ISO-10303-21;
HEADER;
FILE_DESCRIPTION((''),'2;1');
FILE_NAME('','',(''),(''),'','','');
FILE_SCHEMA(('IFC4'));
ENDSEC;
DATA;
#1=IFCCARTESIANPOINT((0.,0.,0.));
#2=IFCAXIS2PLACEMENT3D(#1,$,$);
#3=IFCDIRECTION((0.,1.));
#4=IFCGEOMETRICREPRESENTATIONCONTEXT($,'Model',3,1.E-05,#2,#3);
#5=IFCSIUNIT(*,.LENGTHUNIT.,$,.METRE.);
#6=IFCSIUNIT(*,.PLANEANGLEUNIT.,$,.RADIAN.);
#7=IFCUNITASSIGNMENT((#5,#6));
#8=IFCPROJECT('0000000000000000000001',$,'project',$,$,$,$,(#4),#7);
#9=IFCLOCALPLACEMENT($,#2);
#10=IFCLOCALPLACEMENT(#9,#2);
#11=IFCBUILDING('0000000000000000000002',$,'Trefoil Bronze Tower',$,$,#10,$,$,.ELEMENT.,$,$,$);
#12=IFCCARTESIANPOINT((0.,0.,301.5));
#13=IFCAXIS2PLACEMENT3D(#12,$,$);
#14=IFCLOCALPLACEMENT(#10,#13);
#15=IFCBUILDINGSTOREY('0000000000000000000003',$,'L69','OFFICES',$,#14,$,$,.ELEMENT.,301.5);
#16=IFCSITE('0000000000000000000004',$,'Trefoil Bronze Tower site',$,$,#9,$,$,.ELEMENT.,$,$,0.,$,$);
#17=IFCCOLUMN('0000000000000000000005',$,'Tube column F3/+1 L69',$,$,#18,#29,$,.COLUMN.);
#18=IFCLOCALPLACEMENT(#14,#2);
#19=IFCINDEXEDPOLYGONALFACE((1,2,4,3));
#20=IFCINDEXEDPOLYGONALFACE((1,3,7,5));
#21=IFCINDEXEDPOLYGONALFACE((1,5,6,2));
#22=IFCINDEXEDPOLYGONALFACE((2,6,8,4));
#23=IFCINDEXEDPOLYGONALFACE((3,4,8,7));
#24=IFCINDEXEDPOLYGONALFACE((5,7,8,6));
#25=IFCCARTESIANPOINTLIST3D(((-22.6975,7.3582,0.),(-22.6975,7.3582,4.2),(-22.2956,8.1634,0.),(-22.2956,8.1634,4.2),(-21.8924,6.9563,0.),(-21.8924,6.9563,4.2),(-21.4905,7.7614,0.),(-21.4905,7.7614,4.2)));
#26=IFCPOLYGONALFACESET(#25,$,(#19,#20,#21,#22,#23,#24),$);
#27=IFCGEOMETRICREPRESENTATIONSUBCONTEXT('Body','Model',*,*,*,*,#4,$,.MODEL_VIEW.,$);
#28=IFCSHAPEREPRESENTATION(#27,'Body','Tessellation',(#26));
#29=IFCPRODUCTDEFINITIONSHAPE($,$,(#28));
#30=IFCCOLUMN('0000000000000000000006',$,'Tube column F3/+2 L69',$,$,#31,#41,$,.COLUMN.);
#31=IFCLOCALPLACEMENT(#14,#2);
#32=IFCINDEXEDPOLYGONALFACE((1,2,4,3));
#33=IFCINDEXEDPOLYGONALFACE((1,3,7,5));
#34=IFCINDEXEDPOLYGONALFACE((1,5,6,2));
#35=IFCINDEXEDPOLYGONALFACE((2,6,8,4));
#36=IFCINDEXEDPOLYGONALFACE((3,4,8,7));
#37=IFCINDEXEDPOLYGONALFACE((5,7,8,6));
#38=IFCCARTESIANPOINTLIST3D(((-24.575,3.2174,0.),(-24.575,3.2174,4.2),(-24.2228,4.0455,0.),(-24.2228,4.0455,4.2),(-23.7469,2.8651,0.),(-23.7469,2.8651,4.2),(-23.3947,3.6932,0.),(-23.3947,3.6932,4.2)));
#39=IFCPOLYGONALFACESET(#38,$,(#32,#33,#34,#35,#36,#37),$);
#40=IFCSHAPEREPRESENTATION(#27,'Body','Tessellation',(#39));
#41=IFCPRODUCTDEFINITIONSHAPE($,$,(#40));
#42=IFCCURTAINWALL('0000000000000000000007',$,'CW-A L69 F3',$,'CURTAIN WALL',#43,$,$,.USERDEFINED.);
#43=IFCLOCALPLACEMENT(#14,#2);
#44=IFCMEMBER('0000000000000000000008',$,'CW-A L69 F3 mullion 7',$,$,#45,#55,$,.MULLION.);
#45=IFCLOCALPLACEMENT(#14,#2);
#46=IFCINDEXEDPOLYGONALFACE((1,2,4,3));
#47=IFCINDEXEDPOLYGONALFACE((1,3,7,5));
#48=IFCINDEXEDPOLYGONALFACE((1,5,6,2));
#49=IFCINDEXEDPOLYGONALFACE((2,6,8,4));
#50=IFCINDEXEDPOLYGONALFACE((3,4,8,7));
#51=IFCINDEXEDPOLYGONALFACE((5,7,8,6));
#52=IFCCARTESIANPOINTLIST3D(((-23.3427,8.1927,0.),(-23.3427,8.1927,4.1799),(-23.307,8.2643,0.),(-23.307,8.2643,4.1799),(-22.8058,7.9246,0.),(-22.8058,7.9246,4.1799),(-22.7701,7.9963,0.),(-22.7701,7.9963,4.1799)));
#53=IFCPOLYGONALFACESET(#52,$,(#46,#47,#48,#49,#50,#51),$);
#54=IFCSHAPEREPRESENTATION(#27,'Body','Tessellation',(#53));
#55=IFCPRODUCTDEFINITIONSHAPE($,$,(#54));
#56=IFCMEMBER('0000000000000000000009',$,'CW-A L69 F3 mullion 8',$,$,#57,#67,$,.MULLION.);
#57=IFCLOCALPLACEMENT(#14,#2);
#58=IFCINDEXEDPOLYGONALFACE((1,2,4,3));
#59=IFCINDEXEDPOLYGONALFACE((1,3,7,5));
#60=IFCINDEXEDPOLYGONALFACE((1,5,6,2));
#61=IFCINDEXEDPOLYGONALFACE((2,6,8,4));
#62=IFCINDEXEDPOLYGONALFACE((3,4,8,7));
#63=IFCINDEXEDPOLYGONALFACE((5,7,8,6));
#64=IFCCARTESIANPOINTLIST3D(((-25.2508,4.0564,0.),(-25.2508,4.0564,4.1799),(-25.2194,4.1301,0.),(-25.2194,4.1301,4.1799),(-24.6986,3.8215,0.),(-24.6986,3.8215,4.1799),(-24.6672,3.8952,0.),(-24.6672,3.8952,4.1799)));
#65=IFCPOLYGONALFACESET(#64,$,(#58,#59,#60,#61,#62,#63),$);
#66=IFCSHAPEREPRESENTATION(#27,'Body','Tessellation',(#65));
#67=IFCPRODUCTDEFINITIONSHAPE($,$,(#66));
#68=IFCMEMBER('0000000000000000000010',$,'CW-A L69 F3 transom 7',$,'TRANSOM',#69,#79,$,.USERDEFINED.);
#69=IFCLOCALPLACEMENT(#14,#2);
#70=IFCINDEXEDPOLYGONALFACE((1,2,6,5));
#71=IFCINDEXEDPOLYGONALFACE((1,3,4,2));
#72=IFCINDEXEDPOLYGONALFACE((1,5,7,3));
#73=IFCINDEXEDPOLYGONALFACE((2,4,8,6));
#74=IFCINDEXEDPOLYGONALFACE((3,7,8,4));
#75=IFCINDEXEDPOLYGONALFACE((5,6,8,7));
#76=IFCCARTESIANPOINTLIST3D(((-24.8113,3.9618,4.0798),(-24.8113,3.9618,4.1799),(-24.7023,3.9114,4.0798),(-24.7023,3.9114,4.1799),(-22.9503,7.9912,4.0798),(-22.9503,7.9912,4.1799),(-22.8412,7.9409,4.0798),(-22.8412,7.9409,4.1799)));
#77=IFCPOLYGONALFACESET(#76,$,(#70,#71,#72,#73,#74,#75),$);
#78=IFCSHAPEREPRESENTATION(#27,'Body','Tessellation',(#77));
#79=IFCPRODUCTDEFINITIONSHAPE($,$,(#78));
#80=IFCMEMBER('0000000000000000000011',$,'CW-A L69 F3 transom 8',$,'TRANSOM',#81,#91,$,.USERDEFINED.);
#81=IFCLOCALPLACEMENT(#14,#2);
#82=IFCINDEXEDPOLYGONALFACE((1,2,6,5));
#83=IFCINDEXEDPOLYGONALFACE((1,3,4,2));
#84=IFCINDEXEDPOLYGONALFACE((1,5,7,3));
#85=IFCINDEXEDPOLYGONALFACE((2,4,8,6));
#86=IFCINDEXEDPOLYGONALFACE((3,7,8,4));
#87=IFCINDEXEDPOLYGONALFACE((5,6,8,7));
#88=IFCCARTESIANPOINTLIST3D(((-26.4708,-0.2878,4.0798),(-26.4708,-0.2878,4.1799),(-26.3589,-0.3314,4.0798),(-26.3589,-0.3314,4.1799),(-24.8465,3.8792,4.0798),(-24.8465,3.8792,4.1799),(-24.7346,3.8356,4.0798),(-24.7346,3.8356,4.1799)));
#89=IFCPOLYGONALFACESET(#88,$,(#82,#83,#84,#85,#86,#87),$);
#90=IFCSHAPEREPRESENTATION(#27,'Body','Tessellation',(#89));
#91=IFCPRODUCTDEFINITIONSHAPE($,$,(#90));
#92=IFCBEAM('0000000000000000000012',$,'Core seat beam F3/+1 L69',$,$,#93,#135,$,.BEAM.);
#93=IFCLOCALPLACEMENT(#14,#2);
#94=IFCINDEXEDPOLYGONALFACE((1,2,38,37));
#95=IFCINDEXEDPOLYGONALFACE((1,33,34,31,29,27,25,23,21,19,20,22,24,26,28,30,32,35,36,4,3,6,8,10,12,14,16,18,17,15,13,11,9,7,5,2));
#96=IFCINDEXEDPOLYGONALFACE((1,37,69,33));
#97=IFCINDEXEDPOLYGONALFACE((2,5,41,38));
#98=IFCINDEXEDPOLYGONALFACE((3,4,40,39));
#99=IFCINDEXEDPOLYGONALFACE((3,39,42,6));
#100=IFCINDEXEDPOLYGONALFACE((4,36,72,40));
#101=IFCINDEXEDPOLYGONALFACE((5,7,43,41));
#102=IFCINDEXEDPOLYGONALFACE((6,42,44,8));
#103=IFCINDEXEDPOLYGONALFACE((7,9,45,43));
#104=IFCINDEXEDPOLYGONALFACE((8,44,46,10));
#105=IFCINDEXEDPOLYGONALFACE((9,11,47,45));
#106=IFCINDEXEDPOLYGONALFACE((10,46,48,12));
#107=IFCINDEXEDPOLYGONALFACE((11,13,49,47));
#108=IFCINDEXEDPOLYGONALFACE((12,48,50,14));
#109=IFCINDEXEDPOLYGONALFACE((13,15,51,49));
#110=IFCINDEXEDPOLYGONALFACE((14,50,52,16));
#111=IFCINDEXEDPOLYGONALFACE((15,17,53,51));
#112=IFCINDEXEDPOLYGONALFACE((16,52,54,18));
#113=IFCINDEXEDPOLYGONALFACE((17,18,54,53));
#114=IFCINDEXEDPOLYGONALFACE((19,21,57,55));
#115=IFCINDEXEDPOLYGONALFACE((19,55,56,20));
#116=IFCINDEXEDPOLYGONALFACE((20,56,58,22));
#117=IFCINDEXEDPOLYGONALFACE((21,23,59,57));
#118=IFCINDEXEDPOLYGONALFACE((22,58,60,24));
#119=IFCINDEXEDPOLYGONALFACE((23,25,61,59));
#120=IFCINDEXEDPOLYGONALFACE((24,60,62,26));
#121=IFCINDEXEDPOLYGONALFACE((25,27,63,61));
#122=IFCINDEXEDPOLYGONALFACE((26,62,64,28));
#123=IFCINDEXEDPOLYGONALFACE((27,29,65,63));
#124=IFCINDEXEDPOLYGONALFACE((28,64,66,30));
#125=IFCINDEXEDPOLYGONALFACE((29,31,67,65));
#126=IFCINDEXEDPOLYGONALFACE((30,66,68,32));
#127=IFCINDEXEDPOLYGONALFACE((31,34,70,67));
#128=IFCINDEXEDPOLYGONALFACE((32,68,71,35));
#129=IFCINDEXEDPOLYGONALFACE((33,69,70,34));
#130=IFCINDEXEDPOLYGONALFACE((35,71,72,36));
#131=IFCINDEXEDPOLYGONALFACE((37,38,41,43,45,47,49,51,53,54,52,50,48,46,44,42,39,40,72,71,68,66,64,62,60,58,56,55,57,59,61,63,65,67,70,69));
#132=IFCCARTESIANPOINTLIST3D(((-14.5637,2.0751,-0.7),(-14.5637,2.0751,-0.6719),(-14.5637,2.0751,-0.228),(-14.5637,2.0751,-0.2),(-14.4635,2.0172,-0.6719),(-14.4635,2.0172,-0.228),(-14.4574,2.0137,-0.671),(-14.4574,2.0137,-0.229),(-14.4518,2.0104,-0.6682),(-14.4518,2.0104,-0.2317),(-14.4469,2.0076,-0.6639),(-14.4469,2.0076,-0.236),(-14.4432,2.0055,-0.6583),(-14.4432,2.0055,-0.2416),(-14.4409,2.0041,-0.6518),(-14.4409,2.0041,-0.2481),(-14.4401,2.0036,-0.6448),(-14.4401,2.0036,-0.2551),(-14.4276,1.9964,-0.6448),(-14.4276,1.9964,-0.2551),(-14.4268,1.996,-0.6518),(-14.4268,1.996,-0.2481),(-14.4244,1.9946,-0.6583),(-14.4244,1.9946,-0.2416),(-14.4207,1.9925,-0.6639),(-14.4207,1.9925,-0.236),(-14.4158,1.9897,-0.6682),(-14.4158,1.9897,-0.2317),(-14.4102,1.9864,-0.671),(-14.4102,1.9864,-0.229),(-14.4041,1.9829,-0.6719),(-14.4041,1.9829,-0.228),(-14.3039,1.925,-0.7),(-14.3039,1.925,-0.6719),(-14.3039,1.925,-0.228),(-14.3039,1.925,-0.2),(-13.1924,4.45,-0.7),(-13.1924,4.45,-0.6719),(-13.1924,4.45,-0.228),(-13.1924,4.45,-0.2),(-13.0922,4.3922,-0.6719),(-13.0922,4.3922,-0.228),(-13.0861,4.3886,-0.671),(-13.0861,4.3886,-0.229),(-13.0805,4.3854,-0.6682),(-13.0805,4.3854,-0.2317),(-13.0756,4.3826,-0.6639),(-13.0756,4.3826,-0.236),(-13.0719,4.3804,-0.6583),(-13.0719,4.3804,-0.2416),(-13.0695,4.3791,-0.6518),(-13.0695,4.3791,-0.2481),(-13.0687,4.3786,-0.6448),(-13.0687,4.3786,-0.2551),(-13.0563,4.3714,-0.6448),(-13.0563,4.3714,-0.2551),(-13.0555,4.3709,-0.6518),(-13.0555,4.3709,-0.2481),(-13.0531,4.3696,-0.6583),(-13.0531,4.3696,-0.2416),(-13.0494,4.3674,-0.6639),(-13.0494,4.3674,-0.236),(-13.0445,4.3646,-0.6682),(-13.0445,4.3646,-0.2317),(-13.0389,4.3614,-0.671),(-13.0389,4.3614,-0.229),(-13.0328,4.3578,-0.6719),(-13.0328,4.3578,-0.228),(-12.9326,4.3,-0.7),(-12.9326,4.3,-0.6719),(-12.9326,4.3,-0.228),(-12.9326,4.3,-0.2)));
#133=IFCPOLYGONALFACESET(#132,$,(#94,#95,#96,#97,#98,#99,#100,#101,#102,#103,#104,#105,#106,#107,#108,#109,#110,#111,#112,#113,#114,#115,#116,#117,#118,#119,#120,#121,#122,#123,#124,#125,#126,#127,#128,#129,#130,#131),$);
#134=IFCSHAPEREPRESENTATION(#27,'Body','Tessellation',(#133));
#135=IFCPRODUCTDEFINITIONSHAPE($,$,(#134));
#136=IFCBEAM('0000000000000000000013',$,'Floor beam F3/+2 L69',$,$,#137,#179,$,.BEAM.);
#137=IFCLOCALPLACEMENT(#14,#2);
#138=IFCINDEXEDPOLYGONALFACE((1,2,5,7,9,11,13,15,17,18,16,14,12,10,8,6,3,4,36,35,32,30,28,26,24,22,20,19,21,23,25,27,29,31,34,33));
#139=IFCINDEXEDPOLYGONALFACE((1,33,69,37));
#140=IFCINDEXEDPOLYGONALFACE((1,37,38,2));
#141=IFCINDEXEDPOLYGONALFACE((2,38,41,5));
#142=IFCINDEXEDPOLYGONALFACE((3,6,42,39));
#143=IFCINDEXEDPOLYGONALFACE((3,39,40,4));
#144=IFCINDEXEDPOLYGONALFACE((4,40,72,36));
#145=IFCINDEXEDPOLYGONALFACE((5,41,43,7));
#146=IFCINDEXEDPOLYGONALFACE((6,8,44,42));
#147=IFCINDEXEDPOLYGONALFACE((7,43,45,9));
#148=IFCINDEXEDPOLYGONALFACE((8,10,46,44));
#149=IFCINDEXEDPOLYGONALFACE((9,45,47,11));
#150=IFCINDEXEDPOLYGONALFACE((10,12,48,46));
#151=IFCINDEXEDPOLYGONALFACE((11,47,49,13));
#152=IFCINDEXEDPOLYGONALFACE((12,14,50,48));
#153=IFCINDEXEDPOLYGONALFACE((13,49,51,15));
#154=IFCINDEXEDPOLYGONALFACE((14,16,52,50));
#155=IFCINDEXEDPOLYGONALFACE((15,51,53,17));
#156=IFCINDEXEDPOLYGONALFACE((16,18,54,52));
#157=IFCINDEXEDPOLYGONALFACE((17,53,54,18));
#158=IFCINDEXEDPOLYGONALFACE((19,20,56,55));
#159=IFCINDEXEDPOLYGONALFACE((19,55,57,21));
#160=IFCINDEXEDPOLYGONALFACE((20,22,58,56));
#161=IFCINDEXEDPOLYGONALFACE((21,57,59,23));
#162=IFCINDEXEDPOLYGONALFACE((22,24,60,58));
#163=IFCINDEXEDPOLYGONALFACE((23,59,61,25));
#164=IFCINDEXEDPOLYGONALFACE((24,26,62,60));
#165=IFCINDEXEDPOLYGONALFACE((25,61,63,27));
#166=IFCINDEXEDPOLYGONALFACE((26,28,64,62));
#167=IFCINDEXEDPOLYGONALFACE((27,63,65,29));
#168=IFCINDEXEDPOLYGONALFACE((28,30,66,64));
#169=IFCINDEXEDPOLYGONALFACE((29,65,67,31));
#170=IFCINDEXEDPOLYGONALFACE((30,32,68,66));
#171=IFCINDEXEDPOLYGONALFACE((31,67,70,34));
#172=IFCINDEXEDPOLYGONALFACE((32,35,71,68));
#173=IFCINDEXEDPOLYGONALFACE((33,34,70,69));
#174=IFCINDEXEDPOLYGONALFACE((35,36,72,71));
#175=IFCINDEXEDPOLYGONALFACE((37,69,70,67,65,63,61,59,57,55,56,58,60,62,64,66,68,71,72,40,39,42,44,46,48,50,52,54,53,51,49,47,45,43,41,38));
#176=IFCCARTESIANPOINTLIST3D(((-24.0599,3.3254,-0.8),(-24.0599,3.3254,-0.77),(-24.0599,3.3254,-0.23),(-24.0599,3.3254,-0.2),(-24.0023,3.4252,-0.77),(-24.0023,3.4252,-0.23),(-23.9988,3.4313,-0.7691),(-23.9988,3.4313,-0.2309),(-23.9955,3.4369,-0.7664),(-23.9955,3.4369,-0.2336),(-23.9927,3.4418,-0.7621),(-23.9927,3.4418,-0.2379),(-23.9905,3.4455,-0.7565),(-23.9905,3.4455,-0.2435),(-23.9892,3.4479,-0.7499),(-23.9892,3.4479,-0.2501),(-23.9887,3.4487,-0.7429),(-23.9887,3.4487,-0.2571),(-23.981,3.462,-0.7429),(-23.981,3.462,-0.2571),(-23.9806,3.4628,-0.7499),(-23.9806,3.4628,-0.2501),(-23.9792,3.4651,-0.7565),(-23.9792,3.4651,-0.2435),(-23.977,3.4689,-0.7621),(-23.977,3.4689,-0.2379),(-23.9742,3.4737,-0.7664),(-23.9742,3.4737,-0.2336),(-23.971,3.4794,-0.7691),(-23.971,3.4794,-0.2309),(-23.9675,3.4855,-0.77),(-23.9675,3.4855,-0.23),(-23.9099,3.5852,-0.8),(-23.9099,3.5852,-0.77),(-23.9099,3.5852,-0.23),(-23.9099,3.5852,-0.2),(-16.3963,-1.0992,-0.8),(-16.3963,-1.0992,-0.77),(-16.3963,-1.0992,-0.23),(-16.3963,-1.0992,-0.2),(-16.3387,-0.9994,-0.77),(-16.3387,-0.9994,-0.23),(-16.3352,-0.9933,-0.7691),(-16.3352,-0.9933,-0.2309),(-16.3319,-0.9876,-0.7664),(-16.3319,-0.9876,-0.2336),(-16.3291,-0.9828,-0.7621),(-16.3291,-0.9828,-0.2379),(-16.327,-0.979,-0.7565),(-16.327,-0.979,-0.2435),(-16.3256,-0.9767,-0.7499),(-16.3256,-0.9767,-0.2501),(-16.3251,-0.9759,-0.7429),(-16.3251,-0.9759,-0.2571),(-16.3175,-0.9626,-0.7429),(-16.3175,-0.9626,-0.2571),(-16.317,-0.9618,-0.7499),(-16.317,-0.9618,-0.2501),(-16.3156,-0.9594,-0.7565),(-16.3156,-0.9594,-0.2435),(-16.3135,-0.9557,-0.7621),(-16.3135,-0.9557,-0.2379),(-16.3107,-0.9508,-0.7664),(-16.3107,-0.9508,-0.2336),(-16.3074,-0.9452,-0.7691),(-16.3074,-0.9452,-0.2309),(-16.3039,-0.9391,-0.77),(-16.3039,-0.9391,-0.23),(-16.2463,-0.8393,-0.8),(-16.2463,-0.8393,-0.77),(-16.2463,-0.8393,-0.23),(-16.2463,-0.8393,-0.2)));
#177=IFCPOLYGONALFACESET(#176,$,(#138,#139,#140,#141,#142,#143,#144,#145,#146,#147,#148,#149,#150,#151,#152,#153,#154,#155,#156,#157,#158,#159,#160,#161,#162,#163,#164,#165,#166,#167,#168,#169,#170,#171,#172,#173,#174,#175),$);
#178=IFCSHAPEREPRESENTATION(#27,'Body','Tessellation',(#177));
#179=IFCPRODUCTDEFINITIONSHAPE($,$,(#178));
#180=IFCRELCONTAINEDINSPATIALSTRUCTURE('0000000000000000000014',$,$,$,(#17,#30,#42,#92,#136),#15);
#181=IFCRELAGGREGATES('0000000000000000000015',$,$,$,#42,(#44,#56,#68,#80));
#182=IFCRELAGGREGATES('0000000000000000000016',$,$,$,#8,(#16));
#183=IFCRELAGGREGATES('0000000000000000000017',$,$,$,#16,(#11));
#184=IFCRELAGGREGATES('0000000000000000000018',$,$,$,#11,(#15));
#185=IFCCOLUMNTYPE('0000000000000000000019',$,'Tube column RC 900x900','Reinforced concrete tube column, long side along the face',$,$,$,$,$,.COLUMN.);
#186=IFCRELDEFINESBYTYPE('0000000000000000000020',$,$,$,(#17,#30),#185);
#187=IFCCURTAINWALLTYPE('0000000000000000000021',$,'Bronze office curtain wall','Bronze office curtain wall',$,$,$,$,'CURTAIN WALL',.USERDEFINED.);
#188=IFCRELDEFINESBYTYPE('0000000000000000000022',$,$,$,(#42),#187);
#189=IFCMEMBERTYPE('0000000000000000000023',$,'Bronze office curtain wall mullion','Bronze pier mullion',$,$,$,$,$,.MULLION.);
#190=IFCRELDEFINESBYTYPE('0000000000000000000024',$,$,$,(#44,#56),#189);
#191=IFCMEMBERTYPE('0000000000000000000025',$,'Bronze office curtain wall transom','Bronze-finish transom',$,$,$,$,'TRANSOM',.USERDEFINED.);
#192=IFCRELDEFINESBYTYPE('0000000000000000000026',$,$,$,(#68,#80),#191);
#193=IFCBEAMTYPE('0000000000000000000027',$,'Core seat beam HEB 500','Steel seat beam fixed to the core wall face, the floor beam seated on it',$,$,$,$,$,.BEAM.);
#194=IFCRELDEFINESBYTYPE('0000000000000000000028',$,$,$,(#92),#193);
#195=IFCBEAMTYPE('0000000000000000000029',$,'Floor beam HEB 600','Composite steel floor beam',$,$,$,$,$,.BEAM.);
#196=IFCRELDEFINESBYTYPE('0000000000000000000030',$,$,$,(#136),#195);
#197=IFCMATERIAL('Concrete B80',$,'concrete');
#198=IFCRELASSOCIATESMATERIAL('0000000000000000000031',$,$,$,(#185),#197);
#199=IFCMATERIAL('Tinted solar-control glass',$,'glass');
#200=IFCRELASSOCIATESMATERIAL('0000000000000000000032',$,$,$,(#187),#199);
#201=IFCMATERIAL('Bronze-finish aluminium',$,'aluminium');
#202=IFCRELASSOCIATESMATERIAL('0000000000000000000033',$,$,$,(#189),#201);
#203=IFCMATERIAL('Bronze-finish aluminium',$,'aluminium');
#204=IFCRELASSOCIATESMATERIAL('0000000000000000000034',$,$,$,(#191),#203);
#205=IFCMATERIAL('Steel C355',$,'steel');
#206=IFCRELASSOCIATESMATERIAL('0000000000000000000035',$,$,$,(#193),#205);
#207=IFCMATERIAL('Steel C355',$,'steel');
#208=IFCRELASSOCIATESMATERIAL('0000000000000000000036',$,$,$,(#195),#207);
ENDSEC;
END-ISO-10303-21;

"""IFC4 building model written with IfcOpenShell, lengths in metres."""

from ifc_helpers import new_model, si_unit, direction, frame, origin, origin_2d, place, context, subcontext, project, spatial, rectangle, i_section, extrude, material, material_profile, profile_set, type_object, element, aggregate, save


model = new_model("IFC4")

# Units and contexts
model_context = context("Model", 3, precision=1e-05, world=origin(), true_north=direction((0.0, 1.0)))
body_context = subcontext(model_context, "Body", "Model", "MODEL_VIEW")
ifc_project = project(units=[si_unit("LENGTHUNIT", "METRE"), si_unit("PLANEANGLEUNIT", "RADIAN")], contexts=[model_context])

# Site, building, storey
site_placement = place(None, origin())
site = spatial("IfcSite", under=ifc_project, at=site_placement, Name="Trefoil Bronze Tower site", CompositionType="ELEMENT", RefElevation=0.0)
building_placement = place(site_placement, origin())
building = spatial("IfcBuilding", under=site, at=building_placement, Name="Trefoil Bronze Tower", CompositionType="ELEMENT")
storey_placement = place(building_placement, frame((0.0, 0.0, 301.5)))
storey = spatial("IfcBuildingStorey", under=building, at=storey_placement, Name="L69", Description="OFFICES", CompositionType="ELEMENT", Elevation=301.5)

# Columns
ifc_material_1 = material(Name="Concrete B80", Category="concrete")
ifc_material_profile_1 = material_profile(ifc_material_1, rectangle(XDim=0.8999, YDim=0.8999, at=origin_2d()), Name="RC 900x900")
ifc_profile_set_1 = profile_set([ifc_material_profile_1], Name="Concrete B80")
column_type = type_object("IfcColumnType", Name="Tube column RC 900x900", Description="Reinforced concrete tube column, long side along the face", PredefinedType="COLUMN", material=ifc_profile_set_1)
for number, where, z_axis, x_axis, name in (
    (1, (-22.094, 7.5598, 0.0), (0.0, 0.0, 1.0), (-0.446641, -0.894713, 0.0), "Tube column F3/+1 L69"),
    (2, (-23.9849, 3.4553, 0.0), (0.0, 0.0, 1.0), (-0.391436, -0.920205, 0.0), "Tube column F3/+2 L69"),
):
    element("IfcColumn", number, at=place(storey_placement, frame(where, z_axis=z_axis, x_axis=x_axis)), inside=storey, type_object=column_type, Name=name, PredefinedType="COLUMN", context=body_context, shape_type="SweptSolid", body=[
        extrude(rectangle(XDim=0.8999, YDim=0.8999, at=origin_2d()), origin(), (0.0, 0.0, 1.0), 4.2),
    ])

# Curtain wall, members
ifc_material_2 = material(Name="Tinted solar-control glass", Category="glass")
curtain_wall_type = type_object("IfcCurtainWallType", Name="Bronze office curtain wall", Description="Bronze office curtain wall", ElementType="CURTAIN WALL", PredefinedType="USERDEFINED", material=ifc_material_2)
curtain_wall_placement = place(storey_placement, origin())
curtain_wall = element("IfcCurtainWall", 3, at=curtain_wall_placement, inside=storey, type_object=curtain_wall_type, Name="CW-A L69 F3", ObjectType="CURTAIN WALL", PredefinedType="USERDEFINED")
ifc_material_3 = material(Name="Bronze-finish aluminium", Category="aluminium")
ifc_material_profile_2 = material_profile(ifc_material_3, rectangle(XDim=0.6001, YDim=0.0801, at=origin_2d()), Name="CW-A mullion")
ifc_profile_set_2 = profile_set([ifc_material_profile_2], Name="Bronze-finish aluminium")
member_type_1 = type_object("IfcMemberType", Name="Bronze office curtain wall mullion", Description="Bronze pier mullion", PredefinedType="MULLION", material=ifc_profile_set_2)
member_1_placement = place(storey_placement, frame((-23.0564, 8.0945, 0.0), z_axis=(0.0, 0.0, 1.0), x_axis=(0.894713, -0.446641, 0.0)))
member_1 = element("IfcMember", 4, at=member_1_placement, type_object=member_type_1, Name="CW-A L69 F3 mullion 7", PredefinedType="MULLION", context=body_context, shape_type="SweptSolid", body=[
    extrude(rectangle(XDim=0.6001, YDim=0.0801, at=origin_2d()), origin(), (0.0, 0.0, 1.0), 4.1799),
])
member_2_placement = place(storey_placement, frame((-24.959, 3.9758, 0.0), z_axis=(0.0, 0.0, 1.0), x_axis=(0.920205, -0.391436, 0.0)))
member_2 = element("IfcMember", 5, at=member_2_placement, type_object=member_type_1, Name="CW-A L69 F3 mullion 8", PredefinedType="MULLION", context=body_context, shape_type="SweptSolid", body=[
    extrude(rectangle(XDim=0.6001, YDim=0.0801, at=origin_2d()), origin(), (0.0, 0.0, 1.0), 4.1799),
])
ifc_material_4 = material(Name="Bronze-finish aluminium", Category="aluminium")
ifc_material_profile_3 = material_profile(ifc_material_4, rectangle(XDim=0.1201, YDim=0.1001, at=origin_2d()), Name="CW-A transom")
ifc_profile_set_3 = profile_set([ifc_material_profile_3], Name="Bronze-finish aluminium")
member_type_2 = type_object("IfcMemberType", Name="Bronze office curtain wall transom", Description="Bronze-finish transom", ElementType="TRANSOM", PredefinedType="USERDEFINED", material=ifc_profile_set_3)
member_3_placement = place(storey_placement, frame((-22.8958, 7.9661, 4.1299), z_axis=(-0.419299, -0.907848, 0.0), x_axis=(0.907848, -0.419299, 0.0)))
member_3 = element("IfcMember", 6, at=member_3_placement, type_object=member_type_2, Name="CW-A L69 F3 transom 7", ObjectType="TRANSOM", PredefinedType="USERDEFINED", context=body_context, shape_type="SweptSolid", body=[
    extrude(rectangle(XDim=0.1201, YDim=0.1001, at=origin_2d()), origin(), (0.0, 0.0, 1.0), 4.4385),
])
member_4_placement = place(storey_placement, frame((-24.7905, 3.8574, 4.1299), z_axis=(-0.363178, -0.93172, 0.0), x_axis=(0.93172, -0.363178, 0.0)))
member_4 = element("IfcMember", 7, at=member_4_placement, type_object=member_type_2, Name="CW-A L69 F3 transom 8", ObjectType="TRANSOM", PredefinedType="USERDEFINED", context=body_context, shape_type="SweptSolid", body=[
    extrude(rectangle(XDim=0.1201, YDim=0.1001, at=origin_2d()), origin(), (0.0, 0.0, 1.0), 4.4724),
])

# Beams
ifc_material_5 = material(Name="Steel C355", Category="steel")
ifc_material_profile_4 = material_profile(ifc_material_5, i_section(OverallWidth=0.3, OverallDepth=0.5, WebThickness=0.0144, FlangeThickness=0.0281, FilletRadius=0.0271, at=origin_2d()), Name="HEB 500")
ifc_profile_set_4 = profile_set([ifc_material_profile_4], Name="Steel C355")
beam_type_1 = type_object("IfcBeamType", Name="Core seat beam HEB 500", Description="Steel seat beam fixed to the core wall face, the floor beam seated on it", PredefinedType="BEAM", material=ifc_profile_set_4)
beam_1_placement = place(storey_placement, frame((-13.0625, 4.375, -0.45), z_axis=(-0.500036, -0.866005, 0.0), x_axis=(0.866005, -0.500036, 0.0)))
element("IfcBeam", 8, at=beam_1_placement, inside=storey, type_object=beam_type_1, Name="Core seat beam F3/+1 L69", PredefinedType="BEAM", context=body_context, shape_type="SweptSolid", body=[
    extrude(i_section(OverallWidth=0.3, OverallDepth=0.5, WebThickness=0.0144, FlangeThickness=0.0281, FilletRadius=0.0271, at=origin_2d()), origin(), (0.0, 0.0, 1.0), 2.7424),
])
ifc_material_6 = material(Name="Steel C355", Category="steel")
ifc_material_profile_5 = material_profile(ifc_material_6, i_section(OverallWidth=0.3, OverallDepth=0.6001, WebThickness=0.0154, FlangeThickness=0.03, FilletRadius=0.0271, at=origin_2d()), Name="HEB 600")
ifc_profile_set_5 = profile_set([ifc_material_profile_5], Name="Steel C355")
beam_type_2 = type_object("IfcBeamType", Name="Floor beam HEB 600", Description="Composite steel floor beam", PredefinedType="BEAM", material=ifc_profile_set_5)
beam_2_placement = place(storey_placement, frame((-23.9849, 3.4553, -0.5), z_axis=(0.866026, -0.499999, 0.0), x_axis=(0.499999, 0.866026, 0.0)))
element("IfcBeam", 9, at=beam_2_placement, inside=storey, type_object=beam_type_2, Name="Floor beam F3/+2 L69", PredefinedType="BEAM", context=body_context, shape_type="SweptSolid", body=[
    extrude(i_section(OverallWidth=0.3, OverallDepth=0.6001, WebThickness=0.0154, FlangeThickness=0.03, FilletRadius=0.0271, at=origin_2d()), origin(), (0.0, 0.0, 1.0), 8.8491),
])

aggregate(curtain_wall, [member_1, member_2, member_3, member_4])

save(model, "model.ifc")
